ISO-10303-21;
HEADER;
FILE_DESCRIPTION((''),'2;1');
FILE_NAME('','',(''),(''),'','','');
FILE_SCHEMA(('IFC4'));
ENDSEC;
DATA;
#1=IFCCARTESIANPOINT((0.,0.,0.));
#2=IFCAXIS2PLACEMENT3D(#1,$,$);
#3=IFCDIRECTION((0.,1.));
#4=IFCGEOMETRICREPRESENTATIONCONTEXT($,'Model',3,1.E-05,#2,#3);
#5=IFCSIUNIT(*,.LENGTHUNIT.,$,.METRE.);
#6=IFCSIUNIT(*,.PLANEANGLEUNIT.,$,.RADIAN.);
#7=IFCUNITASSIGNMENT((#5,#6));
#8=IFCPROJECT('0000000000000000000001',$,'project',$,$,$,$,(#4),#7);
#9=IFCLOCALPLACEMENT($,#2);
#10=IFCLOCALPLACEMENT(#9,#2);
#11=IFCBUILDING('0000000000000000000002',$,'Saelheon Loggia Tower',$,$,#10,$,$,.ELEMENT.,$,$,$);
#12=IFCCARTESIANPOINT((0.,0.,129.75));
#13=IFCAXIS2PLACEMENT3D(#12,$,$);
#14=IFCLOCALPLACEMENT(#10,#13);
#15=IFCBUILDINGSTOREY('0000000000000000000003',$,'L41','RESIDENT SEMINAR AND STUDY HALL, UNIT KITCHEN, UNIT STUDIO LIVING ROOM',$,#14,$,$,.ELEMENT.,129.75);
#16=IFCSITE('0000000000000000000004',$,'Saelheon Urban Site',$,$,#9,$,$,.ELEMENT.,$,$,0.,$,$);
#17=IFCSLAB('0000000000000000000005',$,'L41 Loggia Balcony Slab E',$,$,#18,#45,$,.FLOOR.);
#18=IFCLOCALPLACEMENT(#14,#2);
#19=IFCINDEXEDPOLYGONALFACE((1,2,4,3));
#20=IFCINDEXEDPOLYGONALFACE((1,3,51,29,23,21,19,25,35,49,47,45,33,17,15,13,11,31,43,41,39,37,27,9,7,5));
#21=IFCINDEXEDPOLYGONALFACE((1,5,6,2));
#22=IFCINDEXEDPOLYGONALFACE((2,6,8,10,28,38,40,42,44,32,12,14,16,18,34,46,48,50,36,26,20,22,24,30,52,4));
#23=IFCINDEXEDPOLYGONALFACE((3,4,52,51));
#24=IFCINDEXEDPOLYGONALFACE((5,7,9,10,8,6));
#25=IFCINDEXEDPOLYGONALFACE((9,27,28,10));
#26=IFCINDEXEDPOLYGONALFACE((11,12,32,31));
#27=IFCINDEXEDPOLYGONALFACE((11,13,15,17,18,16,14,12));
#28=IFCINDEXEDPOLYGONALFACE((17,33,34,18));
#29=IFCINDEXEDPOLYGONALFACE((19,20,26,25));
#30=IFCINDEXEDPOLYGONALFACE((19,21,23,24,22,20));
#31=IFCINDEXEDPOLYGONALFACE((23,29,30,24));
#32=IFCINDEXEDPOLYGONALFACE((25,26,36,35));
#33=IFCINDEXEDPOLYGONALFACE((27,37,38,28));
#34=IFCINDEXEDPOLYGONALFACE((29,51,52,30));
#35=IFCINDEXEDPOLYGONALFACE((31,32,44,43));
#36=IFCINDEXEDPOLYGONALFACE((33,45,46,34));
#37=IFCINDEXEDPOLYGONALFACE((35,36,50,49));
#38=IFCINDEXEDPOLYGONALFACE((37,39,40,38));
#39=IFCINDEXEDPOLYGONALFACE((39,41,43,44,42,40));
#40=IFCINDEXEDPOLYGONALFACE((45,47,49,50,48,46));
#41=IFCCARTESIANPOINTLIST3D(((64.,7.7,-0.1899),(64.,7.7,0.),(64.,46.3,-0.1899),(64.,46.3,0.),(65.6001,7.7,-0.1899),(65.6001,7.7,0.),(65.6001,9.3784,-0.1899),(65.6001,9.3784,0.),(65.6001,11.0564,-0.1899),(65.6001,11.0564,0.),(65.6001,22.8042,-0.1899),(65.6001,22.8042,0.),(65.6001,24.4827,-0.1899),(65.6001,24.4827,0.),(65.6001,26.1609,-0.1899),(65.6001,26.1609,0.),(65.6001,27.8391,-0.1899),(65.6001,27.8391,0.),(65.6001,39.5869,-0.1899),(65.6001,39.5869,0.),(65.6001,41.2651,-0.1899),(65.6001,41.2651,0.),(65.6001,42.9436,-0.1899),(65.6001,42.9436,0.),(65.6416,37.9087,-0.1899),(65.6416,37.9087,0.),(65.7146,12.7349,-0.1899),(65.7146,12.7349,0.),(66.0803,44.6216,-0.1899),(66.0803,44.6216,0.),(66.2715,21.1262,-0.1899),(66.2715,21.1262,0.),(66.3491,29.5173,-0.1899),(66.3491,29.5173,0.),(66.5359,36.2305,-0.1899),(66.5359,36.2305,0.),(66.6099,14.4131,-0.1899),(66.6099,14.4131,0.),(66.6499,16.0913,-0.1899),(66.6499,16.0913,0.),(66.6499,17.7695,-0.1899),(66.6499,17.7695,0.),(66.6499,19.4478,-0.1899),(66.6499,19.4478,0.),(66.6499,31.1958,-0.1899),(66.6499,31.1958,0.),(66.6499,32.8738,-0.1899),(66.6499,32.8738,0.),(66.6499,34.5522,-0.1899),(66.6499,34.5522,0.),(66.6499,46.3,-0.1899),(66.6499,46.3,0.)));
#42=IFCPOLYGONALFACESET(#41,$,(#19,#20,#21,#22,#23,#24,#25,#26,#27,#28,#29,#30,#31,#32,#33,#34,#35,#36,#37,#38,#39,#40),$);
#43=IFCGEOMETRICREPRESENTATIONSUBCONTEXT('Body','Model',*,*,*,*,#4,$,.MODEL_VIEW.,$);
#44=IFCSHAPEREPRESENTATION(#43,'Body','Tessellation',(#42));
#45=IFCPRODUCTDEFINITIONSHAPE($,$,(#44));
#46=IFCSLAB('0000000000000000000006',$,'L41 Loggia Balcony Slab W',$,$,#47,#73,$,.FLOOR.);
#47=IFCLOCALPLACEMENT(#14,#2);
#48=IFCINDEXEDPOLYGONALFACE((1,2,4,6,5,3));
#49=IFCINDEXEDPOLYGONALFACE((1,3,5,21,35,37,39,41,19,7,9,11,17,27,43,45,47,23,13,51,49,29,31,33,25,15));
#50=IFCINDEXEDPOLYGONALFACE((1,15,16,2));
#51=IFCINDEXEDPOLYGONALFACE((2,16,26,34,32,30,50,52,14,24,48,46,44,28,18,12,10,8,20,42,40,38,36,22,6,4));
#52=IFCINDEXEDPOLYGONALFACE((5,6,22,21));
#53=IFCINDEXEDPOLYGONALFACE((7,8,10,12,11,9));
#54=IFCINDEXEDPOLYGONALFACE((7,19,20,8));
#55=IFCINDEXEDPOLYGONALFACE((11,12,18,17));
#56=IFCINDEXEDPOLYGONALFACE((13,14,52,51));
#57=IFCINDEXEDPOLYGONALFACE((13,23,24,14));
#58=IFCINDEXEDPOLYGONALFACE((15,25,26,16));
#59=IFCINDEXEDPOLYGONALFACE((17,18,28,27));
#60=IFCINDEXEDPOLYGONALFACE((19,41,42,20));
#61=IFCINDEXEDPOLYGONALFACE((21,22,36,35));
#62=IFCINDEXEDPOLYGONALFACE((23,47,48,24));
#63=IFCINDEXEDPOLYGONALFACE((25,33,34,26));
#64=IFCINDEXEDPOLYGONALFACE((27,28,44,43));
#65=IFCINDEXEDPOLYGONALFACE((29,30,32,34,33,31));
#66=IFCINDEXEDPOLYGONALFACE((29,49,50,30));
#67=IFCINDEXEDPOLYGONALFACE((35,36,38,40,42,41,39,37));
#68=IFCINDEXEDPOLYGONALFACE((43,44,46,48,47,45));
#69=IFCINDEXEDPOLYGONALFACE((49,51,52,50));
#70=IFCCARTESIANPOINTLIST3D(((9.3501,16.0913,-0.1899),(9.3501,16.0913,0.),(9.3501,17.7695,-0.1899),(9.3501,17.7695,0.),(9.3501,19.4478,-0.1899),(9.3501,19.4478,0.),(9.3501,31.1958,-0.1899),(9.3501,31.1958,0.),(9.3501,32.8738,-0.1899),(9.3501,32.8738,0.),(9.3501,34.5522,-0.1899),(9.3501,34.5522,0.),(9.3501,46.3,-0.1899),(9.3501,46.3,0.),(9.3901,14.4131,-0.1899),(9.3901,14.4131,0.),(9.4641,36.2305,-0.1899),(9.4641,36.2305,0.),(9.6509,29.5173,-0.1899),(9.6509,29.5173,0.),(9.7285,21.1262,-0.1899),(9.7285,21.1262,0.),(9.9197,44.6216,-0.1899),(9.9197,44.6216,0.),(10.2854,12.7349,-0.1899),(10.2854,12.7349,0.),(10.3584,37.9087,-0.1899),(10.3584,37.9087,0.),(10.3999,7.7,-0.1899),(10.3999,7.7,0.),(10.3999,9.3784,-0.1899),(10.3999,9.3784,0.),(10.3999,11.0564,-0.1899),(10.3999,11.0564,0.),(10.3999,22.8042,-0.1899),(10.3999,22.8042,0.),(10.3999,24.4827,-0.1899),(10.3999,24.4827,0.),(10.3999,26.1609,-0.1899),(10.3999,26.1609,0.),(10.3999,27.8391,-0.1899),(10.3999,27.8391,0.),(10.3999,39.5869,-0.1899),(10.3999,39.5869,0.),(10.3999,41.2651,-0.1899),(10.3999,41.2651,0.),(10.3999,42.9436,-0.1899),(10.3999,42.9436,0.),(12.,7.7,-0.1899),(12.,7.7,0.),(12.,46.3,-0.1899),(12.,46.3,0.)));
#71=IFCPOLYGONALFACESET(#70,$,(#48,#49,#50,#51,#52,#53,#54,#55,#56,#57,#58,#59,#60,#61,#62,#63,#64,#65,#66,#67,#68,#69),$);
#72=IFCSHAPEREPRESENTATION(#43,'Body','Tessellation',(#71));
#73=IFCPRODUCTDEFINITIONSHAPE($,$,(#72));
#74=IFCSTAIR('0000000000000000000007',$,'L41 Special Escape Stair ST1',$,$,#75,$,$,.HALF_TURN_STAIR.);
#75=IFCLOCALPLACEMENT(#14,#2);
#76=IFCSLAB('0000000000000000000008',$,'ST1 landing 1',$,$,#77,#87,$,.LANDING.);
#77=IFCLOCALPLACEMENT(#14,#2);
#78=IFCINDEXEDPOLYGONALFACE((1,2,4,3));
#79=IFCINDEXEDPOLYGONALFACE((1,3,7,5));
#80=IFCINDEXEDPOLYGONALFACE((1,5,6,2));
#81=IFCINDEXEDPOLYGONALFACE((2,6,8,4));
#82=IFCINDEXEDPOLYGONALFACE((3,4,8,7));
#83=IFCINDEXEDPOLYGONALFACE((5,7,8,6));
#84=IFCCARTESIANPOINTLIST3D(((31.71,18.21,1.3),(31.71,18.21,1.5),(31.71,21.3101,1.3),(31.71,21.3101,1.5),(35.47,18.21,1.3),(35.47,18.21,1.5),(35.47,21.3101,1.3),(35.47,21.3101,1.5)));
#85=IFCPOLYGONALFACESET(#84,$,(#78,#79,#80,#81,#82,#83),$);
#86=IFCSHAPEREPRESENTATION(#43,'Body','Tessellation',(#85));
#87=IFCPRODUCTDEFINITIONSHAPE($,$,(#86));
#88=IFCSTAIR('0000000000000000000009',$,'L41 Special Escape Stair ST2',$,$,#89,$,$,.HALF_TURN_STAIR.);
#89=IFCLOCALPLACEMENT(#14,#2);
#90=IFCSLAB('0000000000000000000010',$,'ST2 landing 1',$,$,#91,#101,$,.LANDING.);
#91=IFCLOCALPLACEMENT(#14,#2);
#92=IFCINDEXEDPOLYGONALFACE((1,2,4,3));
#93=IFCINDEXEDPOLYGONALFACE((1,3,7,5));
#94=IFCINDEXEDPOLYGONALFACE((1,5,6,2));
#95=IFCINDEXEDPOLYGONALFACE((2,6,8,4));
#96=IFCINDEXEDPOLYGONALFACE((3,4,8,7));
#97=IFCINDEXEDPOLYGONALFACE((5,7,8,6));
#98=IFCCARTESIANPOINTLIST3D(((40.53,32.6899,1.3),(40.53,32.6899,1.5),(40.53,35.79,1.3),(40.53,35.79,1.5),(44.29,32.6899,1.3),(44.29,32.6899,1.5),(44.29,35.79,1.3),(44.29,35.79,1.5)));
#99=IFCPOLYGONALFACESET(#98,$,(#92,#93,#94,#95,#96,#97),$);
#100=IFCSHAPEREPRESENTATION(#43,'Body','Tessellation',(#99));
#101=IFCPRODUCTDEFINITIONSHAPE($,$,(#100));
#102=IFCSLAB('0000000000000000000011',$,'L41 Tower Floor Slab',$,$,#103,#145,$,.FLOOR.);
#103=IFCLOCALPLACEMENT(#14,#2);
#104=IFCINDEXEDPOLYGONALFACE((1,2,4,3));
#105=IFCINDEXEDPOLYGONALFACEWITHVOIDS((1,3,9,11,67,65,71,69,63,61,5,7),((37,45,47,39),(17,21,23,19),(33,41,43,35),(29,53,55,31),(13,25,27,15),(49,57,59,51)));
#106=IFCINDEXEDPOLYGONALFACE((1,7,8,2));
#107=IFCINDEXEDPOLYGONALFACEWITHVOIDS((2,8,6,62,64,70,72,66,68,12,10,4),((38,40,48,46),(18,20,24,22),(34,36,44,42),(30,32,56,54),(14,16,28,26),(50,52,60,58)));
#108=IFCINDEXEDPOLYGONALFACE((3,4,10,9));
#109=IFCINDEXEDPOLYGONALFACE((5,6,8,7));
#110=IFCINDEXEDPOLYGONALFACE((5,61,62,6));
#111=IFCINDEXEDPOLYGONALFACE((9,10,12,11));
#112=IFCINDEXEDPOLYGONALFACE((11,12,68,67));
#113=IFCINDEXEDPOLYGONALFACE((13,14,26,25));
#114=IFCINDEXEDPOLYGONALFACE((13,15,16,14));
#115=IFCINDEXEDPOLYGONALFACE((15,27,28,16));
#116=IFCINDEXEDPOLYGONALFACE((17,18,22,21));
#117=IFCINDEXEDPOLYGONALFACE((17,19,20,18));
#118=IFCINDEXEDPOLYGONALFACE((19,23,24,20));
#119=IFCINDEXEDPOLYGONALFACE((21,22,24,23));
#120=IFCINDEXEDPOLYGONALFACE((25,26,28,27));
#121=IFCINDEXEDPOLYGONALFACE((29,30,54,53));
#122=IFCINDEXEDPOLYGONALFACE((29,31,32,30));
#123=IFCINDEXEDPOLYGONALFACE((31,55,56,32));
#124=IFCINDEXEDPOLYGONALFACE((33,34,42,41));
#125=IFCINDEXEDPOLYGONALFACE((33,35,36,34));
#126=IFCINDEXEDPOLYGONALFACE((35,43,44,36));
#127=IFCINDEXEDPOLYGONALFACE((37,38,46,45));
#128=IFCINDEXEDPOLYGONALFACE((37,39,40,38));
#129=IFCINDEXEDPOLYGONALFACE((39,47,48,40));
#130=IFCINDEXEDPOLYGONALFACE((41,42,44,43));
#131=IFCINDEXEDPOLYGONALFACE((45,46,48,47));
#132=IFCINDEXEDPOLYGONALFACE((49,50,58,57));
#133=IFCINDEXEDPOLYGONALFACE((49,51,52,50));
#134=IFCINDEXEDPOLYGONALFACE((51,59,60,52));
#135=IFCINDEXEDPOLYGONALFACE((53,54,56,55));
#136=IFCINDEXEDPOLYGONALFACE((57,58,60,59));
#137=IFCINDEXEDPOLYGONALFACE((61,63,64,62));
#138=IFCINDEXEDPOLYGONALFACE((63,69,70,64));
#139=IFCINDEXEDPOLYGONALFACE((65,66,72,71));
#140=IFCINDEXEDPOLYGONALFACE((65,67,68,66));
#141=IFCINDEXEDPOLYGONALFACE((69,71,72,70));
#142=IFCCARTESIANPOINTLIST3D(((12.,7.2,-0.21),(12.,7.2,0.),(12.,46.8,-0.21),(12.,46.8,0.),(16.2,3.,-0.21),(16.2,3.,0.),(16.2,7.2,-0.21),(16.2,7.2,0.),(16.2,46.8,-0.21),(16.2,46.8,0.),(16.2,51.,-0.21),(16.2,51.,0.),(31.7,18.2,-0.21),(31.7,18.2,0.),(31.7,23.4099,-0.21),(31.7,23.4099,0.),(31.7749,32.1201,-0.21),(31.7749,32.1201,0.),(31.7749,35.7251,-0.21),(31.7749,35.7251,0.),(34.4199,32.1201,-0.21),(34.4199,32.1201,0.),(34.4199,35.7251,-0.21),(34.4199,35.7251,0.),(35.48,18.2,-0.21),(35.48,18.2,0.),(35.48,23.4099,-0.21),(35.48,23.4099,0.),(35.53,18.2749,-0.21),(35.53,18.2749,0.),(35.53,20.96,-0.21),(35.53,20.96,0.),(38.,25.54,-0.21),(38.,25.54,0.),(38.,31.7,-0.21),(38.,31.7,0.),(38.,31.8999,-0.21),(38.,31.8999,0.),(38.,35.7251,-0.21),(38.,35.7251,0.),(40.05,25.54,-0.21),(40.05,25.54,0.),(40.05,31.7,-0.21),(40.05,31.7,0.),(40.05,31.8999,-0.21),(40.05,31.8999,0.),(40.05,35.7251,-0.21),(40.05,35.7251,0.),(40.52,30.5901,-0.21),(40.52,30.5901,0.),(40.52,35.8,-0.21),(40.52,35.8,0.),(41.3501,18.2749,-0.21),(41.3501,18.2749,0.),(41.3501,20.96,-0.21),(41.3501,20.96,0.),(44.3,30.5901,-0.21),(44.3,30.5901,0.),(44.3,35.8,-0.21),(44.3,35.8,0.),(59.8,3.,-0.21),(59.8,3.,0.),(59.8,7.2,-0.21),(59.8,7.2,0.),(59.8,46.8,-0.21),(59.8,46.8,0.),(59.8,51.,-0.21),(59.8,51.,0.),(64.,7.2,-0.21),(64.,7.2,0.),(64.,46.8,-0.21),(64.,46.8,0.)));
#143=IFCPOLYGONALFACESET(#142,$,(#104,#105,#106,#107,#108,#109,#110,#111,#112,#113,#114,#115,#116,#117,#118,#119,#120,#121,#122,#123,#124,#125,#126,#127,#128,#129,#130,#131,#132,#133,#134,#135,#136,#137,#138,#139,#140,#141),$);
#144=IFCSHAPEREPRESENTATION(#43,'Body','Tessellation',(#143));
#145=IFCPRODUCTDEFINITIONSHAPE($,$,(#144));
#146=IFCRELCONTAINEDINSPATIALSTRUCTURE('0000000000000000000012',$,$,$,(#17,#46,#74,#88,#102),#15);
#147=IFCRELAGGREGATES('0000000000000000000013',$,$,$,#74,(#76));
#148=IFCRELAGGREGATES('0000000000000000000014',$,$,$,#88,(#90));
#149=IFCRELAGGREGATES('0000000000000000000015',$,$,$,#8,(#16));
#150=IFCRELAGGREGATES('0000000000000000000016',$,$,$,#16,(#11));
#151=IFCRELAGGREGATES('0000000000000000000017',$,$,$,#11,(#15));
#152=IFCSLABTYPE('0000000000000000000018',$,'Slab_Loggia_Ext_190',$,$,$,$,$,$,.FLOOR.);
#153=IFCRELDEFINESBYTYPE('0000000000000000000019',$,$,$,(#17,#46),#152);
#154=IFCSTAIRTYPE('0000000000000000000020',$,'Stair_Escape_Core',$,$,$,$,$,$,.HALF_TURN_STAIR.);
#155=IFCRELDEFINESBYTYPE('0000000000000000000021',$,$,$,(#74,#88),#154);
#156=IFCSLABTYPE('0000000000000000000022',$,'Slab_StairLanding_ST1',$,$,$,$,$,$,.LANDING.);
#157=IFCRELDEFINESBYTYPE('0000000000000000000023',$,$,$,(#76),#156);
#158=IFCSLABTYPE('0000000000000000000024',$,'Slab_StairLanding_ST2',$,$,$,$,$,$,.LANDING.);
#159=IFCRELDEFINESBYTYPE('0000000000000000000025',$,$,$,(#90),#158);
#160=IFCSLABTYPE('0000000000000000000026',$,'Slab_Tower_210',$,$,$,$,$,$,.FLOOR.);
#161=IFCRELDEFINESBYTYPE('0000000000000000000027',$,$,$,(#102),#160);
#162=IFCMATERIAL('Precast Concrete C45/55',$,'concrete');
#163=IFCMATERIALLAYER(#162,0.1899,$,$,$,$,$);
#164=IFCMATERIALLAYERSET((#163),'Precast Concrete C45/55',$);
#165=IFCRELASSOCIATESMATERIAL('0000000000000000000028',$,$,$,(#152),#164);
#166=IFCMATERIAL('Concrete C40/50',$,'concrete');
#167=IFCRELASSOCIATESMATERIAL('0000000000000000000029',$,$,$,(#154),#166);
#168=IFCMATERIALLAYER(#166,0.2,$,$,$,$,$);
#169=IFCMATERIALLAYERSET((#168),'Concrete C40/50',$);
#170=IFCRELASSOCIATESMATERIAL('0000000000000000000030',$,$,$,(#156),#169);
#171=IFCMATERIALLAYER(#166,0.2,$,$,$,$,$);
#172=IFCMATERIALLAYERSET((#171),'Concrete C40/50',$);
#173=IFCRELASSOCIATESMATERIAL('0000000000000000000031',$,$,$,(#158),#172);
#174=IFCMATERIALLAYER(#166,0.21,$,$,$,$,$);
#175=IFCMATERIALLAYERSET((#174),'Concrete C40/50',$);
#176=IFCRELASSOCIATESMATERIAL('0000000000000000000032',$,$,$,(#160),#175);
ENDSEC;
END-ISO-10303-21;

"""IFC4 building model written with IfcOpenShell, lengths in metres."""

from ifc_helpers import new_model, si_unit, direction, frame, origin, place, context, subcontext, project, spatial, polyline, outline, extrude, material, layer, layer_set, type_object, element, aggregate, save


model = new_model("IFC4")

# Units and contexts
model_context = context("Model", 3, precision=1e-05, world=origin(), true_north=direction((0.0, 1.0)))
body_context = subcontext(model_context, "Body", "Model", "MODEL_VIEW")
ifc_project = project(units=[si_unit("LENGTHUNIT", "METRE"), si_unit("PLANEANGLEUNIT", "RADIAN")], contexts=[model_context])

# Site, building, storey
site_placement = place(None, origin())
site = spatial("IfcSite", under=ifc_project, at=site_placement, Name="Saelheon Urban Site", CompositionType="ELEMENT", RefElevation=0.0)
building_placement = place(site_placement, origin())
building = spatial("IfcBuilding", under=site, at=building_placement, Name="Saelheon Loggia Tower", CompositionType="ELEMENT")
storey_placement = place(building_placement, frame((0.0, 0.0, 129.75)))
storey = spatial("IfcBuildingStorey", under=building, at=storey_placement, Name="L41", Description="RESIDENT SEMINAR AND STUDY HALL, UNIT KITCHEN, UNIT STUDIO LIVING ROOM", CompositionType="ELEMENT", Elevation=129.75)

# Shared definitions
ifc_material_1 = material(Name="Precast Concrete C45/55", Category="concrete")

# Shared definitions
ifc_material_2 = material(Name="Concrete C40/50", Category="concrete")

# Slabs
ifc_layer_1 = layer(ifc_material_1, 0.1899)
ifc_layer_set_1 = layer_set([ifc_layer_1], Name="Precast Concrete C45/55")
slab_type_1 = type_object("IfcSlabType", Name="Slab_Loggia_Ext_190", PredefinedType="FLOOR", material=ifc_layer_set_1)
slab_1_placement = place(storey_placement, frame((0.0, 0.0, -0.1899)))
element("IfcSlab", 1, at=slab_1_placement, inside=storey, type_object=slab_type_1, Name="L41 Loggia Balcony Slab E", PredefinedType="FLOOR", context=body_context, shape_type="SweptSolid", body=[
    extrude(outline(polyline([(64.0, 7.7), (65.6001, 7.7), (65.6001, 9.3784), (65.6001, 11.0564), (65.7146, 12.7349), (66.6099, 14.4131), (66.6499, 16.0913), (66.6499, 17.7695), (66.6499, 19.4478), (66.2715, 21.1262), (65.6001, 22.8042), (65.6001, 24.4827), (65.6001, 26.1609), (65.6001, 27.8391), (66.3491, 29.5173), (66.6499, 31.1958), (66.6499, 32.8738), (66.6499, 34.5522), (66.5359, 36.2305), (65.6416, 37.9087), (65.6001, 39.5869), (65.6001, 41.2651), (65.6001, 42.9436), (66.0803, 44.6216), (66.6499, 46.3), (64.0, 46.3), (64.0, 7.7)])), origin(), (0.0, 0.0, 1.0), 0.1899),
])
slab_2_placement = place(storey_placement, frame((0.0, 0.0, -0.1899)))
element("IfcSlab", 2, at=slab_2_placement, inside=storey, type_object=slab_type_1, Name="L41 Loggia Balcony Slab W", PredefinedType="FLOOR", context=body_context, shape_type="SweptSolid", body=[
    extrude(outline(polyline([(12.0, 7.7), (12.0, 46.3), (9.3501, 46.3), (9.9197, 44.6216), (10.3999, 42.9436), (10.3999, 41.2651), (10.3999, 39.5869), (10.3584, 37.9087), (9.4641, 36.2305), (9.3501, 34.5522), (9.3501, 32.8738), (9.3501, 31.1958), (9.6509, 29.5173), (10.3999, 27.8391), (10.3999, 26.1609), (10.3999, 24.4827), (10.3999, 22.8042), (9.7285, 21.1262), (9.3501, 19.4478), (9.3501, 17.7695), (9.3501, 16.0913), (9.3901, 14.4131), (10.2854, 12.7349), (10.3999, 11.0564), (10.3999, 9.3784), (10.3999, 7.7), (12.0, 7.7)])), origin(), (0.0, 0.0, 1.0), 0.1899),
])

# Stairs, slabs
stair_type = type_object("IfcStairType", Name="Stair_Escape_Core", PredefinedType="HALF_TURN_STAIR", material=ifc_material_2)
stair_1_placement = place(storey_placement, origin())
stair_1 = element("IfcStair", 3, at=stair_1_placement, inside=storey, type_object=stair_type, Name="L41 Special Escape Stair ST1", PredefinedType="HALF_TURN_STAIR")
ifc_layer_2 = layer(ifc_material_2, 0.2)
ifc_layer_set_2 = layer_set([ifc_layer_2], Name="Concrete C40/50")
slab_type_2 = type_object("IfcSlabType", Name="Slab_StairLanding_ST1", PredefinedType="LANDING", material=ifc_layer_set_2)
slab_3_placement = place(storey_placement, frame((0.0, 0.0, 1.3)))
slab_3 = element("IfcSlab", 4, at=slab_3_placement, type_object=slab_type_2, Name="ST1 landing 1", PredefinedType="LANDING", context=body_context, shape_type="SweptSolid", body=[
    extrude(outline(polyline([(31.71, 21.3101), (31.71, 18.21), (35.47, 18.21), (35.47, 21.3101), (31.71, 21.3101)])), origin(), (0.0, 0.0, 1.0), 0.2),
])
aggregate(stair_1, [slab_3])
stair_2_placement = place(storey_placement, origin())
stair_2 = element("IfcStair", 5, at=stair_2_placement, inside=storey, type_object=stair_type, Name="L41 Special Escape Stair ST2", PredefinedType="HALF_TURN_STAIR")
ifc_layer_3 = layer(ifc_material_2, 0.2)
ifc_layer_set_3 = layer_set([ifc_layer_3], Name="Concrete C40/50")
slab_type_3 = type_object("IfcSlabType", Name="Slab_StairLanding_ST2", PredefinedType="LANDING", material=ifc_layer_set_3)
slab_4_placement = place(storey_placement, frame((0.0, 0.0, 1.3)))
slab_4 = element("IfcSlab", 6, at=slab_4_placement, type_object=slab_type_3, Name="ST2 landing 1", PredefinedType="LANDING", context=body_context, shape_type="SweptSolid", body=[
    extrude(outline(polyline([(44.29, 32.6899), (44.29, 35.79), (40.53, 35.79), (40.53, 32.6899), (44.29, 32.6899)])), origin(), (0.0, 0.0, 1.0), 0.2),
])
aggregate(stair_2, [slab_4])

# Slab
ifc_layer_4 = layer(ifc_material_2, 0.21)
ifc_layer_set_4 = layer_set([ifc_layer_4], Name="Concrete C40/50")
slab_type_4 = type_object("IfcSlabType", Name="Slab_Tower_210", PredefinedType="FLOOR", material=ifc_layer_set_4)
slab_5_placement = place(storey_placement, frame((0.0, 0.0, -0.21)))
element("IfcSlab", 7, at=slab_5_placement, inside=storey, type_object=slab_type_4, Name="L41 Tower Floor Slab", PredefinedType="FLOOR", context=body_context, shape_type="SweptSolid", body=[
    extrude(outline(polyline([(16.2, 3.0), (59.8, 3.0), (59.8, 7.2), (64.0, 7.2), (64.0, 46.8), (59.8, 46.8), (59.8, 51.0), (16.2, 51.0), (16.2, 46.8), (12.0, 46.8), (12.0, 7.2), (16.2, 7.2), (16.2, 3.0)]), holes=[polyline([(31.7, 23.4099), (31.7, 18.2), (35.48, 18.2), (35.48, 23.4099), (31.7, 23.4099)]), polyline([(44.3, 30.5901), (44.3, 35.8), (40.52, 35.8), (40.52, 30.5901), (44.3, 30.5901)]), polyline([(35.53, 18.2749), (41.3501, 18.2749), (41.3501, 20.96), (35.53, 20.96), (35.53, 18.2749)]), polyline([(31.7749, 32.1201), (34.4199, 32.1201), (34.4199, 35.7251), (31.7749, 35.7251), (31.7749, 32.1201)]), polyline([(38.0, 31.8999), (40.05, 31.8999), (40.05, 35.7251), (38.0, 35.7251), (38.0, 31.8999)]), polyline([(38.0, 25.54), (40.05, 25.54), (40.05, 31.7), (38.0, 31.7), (38.0, 25.54)])]), origin(), (0.0, 0.0, 1.0), 0.21),
])

save(model, "model.ifc")
